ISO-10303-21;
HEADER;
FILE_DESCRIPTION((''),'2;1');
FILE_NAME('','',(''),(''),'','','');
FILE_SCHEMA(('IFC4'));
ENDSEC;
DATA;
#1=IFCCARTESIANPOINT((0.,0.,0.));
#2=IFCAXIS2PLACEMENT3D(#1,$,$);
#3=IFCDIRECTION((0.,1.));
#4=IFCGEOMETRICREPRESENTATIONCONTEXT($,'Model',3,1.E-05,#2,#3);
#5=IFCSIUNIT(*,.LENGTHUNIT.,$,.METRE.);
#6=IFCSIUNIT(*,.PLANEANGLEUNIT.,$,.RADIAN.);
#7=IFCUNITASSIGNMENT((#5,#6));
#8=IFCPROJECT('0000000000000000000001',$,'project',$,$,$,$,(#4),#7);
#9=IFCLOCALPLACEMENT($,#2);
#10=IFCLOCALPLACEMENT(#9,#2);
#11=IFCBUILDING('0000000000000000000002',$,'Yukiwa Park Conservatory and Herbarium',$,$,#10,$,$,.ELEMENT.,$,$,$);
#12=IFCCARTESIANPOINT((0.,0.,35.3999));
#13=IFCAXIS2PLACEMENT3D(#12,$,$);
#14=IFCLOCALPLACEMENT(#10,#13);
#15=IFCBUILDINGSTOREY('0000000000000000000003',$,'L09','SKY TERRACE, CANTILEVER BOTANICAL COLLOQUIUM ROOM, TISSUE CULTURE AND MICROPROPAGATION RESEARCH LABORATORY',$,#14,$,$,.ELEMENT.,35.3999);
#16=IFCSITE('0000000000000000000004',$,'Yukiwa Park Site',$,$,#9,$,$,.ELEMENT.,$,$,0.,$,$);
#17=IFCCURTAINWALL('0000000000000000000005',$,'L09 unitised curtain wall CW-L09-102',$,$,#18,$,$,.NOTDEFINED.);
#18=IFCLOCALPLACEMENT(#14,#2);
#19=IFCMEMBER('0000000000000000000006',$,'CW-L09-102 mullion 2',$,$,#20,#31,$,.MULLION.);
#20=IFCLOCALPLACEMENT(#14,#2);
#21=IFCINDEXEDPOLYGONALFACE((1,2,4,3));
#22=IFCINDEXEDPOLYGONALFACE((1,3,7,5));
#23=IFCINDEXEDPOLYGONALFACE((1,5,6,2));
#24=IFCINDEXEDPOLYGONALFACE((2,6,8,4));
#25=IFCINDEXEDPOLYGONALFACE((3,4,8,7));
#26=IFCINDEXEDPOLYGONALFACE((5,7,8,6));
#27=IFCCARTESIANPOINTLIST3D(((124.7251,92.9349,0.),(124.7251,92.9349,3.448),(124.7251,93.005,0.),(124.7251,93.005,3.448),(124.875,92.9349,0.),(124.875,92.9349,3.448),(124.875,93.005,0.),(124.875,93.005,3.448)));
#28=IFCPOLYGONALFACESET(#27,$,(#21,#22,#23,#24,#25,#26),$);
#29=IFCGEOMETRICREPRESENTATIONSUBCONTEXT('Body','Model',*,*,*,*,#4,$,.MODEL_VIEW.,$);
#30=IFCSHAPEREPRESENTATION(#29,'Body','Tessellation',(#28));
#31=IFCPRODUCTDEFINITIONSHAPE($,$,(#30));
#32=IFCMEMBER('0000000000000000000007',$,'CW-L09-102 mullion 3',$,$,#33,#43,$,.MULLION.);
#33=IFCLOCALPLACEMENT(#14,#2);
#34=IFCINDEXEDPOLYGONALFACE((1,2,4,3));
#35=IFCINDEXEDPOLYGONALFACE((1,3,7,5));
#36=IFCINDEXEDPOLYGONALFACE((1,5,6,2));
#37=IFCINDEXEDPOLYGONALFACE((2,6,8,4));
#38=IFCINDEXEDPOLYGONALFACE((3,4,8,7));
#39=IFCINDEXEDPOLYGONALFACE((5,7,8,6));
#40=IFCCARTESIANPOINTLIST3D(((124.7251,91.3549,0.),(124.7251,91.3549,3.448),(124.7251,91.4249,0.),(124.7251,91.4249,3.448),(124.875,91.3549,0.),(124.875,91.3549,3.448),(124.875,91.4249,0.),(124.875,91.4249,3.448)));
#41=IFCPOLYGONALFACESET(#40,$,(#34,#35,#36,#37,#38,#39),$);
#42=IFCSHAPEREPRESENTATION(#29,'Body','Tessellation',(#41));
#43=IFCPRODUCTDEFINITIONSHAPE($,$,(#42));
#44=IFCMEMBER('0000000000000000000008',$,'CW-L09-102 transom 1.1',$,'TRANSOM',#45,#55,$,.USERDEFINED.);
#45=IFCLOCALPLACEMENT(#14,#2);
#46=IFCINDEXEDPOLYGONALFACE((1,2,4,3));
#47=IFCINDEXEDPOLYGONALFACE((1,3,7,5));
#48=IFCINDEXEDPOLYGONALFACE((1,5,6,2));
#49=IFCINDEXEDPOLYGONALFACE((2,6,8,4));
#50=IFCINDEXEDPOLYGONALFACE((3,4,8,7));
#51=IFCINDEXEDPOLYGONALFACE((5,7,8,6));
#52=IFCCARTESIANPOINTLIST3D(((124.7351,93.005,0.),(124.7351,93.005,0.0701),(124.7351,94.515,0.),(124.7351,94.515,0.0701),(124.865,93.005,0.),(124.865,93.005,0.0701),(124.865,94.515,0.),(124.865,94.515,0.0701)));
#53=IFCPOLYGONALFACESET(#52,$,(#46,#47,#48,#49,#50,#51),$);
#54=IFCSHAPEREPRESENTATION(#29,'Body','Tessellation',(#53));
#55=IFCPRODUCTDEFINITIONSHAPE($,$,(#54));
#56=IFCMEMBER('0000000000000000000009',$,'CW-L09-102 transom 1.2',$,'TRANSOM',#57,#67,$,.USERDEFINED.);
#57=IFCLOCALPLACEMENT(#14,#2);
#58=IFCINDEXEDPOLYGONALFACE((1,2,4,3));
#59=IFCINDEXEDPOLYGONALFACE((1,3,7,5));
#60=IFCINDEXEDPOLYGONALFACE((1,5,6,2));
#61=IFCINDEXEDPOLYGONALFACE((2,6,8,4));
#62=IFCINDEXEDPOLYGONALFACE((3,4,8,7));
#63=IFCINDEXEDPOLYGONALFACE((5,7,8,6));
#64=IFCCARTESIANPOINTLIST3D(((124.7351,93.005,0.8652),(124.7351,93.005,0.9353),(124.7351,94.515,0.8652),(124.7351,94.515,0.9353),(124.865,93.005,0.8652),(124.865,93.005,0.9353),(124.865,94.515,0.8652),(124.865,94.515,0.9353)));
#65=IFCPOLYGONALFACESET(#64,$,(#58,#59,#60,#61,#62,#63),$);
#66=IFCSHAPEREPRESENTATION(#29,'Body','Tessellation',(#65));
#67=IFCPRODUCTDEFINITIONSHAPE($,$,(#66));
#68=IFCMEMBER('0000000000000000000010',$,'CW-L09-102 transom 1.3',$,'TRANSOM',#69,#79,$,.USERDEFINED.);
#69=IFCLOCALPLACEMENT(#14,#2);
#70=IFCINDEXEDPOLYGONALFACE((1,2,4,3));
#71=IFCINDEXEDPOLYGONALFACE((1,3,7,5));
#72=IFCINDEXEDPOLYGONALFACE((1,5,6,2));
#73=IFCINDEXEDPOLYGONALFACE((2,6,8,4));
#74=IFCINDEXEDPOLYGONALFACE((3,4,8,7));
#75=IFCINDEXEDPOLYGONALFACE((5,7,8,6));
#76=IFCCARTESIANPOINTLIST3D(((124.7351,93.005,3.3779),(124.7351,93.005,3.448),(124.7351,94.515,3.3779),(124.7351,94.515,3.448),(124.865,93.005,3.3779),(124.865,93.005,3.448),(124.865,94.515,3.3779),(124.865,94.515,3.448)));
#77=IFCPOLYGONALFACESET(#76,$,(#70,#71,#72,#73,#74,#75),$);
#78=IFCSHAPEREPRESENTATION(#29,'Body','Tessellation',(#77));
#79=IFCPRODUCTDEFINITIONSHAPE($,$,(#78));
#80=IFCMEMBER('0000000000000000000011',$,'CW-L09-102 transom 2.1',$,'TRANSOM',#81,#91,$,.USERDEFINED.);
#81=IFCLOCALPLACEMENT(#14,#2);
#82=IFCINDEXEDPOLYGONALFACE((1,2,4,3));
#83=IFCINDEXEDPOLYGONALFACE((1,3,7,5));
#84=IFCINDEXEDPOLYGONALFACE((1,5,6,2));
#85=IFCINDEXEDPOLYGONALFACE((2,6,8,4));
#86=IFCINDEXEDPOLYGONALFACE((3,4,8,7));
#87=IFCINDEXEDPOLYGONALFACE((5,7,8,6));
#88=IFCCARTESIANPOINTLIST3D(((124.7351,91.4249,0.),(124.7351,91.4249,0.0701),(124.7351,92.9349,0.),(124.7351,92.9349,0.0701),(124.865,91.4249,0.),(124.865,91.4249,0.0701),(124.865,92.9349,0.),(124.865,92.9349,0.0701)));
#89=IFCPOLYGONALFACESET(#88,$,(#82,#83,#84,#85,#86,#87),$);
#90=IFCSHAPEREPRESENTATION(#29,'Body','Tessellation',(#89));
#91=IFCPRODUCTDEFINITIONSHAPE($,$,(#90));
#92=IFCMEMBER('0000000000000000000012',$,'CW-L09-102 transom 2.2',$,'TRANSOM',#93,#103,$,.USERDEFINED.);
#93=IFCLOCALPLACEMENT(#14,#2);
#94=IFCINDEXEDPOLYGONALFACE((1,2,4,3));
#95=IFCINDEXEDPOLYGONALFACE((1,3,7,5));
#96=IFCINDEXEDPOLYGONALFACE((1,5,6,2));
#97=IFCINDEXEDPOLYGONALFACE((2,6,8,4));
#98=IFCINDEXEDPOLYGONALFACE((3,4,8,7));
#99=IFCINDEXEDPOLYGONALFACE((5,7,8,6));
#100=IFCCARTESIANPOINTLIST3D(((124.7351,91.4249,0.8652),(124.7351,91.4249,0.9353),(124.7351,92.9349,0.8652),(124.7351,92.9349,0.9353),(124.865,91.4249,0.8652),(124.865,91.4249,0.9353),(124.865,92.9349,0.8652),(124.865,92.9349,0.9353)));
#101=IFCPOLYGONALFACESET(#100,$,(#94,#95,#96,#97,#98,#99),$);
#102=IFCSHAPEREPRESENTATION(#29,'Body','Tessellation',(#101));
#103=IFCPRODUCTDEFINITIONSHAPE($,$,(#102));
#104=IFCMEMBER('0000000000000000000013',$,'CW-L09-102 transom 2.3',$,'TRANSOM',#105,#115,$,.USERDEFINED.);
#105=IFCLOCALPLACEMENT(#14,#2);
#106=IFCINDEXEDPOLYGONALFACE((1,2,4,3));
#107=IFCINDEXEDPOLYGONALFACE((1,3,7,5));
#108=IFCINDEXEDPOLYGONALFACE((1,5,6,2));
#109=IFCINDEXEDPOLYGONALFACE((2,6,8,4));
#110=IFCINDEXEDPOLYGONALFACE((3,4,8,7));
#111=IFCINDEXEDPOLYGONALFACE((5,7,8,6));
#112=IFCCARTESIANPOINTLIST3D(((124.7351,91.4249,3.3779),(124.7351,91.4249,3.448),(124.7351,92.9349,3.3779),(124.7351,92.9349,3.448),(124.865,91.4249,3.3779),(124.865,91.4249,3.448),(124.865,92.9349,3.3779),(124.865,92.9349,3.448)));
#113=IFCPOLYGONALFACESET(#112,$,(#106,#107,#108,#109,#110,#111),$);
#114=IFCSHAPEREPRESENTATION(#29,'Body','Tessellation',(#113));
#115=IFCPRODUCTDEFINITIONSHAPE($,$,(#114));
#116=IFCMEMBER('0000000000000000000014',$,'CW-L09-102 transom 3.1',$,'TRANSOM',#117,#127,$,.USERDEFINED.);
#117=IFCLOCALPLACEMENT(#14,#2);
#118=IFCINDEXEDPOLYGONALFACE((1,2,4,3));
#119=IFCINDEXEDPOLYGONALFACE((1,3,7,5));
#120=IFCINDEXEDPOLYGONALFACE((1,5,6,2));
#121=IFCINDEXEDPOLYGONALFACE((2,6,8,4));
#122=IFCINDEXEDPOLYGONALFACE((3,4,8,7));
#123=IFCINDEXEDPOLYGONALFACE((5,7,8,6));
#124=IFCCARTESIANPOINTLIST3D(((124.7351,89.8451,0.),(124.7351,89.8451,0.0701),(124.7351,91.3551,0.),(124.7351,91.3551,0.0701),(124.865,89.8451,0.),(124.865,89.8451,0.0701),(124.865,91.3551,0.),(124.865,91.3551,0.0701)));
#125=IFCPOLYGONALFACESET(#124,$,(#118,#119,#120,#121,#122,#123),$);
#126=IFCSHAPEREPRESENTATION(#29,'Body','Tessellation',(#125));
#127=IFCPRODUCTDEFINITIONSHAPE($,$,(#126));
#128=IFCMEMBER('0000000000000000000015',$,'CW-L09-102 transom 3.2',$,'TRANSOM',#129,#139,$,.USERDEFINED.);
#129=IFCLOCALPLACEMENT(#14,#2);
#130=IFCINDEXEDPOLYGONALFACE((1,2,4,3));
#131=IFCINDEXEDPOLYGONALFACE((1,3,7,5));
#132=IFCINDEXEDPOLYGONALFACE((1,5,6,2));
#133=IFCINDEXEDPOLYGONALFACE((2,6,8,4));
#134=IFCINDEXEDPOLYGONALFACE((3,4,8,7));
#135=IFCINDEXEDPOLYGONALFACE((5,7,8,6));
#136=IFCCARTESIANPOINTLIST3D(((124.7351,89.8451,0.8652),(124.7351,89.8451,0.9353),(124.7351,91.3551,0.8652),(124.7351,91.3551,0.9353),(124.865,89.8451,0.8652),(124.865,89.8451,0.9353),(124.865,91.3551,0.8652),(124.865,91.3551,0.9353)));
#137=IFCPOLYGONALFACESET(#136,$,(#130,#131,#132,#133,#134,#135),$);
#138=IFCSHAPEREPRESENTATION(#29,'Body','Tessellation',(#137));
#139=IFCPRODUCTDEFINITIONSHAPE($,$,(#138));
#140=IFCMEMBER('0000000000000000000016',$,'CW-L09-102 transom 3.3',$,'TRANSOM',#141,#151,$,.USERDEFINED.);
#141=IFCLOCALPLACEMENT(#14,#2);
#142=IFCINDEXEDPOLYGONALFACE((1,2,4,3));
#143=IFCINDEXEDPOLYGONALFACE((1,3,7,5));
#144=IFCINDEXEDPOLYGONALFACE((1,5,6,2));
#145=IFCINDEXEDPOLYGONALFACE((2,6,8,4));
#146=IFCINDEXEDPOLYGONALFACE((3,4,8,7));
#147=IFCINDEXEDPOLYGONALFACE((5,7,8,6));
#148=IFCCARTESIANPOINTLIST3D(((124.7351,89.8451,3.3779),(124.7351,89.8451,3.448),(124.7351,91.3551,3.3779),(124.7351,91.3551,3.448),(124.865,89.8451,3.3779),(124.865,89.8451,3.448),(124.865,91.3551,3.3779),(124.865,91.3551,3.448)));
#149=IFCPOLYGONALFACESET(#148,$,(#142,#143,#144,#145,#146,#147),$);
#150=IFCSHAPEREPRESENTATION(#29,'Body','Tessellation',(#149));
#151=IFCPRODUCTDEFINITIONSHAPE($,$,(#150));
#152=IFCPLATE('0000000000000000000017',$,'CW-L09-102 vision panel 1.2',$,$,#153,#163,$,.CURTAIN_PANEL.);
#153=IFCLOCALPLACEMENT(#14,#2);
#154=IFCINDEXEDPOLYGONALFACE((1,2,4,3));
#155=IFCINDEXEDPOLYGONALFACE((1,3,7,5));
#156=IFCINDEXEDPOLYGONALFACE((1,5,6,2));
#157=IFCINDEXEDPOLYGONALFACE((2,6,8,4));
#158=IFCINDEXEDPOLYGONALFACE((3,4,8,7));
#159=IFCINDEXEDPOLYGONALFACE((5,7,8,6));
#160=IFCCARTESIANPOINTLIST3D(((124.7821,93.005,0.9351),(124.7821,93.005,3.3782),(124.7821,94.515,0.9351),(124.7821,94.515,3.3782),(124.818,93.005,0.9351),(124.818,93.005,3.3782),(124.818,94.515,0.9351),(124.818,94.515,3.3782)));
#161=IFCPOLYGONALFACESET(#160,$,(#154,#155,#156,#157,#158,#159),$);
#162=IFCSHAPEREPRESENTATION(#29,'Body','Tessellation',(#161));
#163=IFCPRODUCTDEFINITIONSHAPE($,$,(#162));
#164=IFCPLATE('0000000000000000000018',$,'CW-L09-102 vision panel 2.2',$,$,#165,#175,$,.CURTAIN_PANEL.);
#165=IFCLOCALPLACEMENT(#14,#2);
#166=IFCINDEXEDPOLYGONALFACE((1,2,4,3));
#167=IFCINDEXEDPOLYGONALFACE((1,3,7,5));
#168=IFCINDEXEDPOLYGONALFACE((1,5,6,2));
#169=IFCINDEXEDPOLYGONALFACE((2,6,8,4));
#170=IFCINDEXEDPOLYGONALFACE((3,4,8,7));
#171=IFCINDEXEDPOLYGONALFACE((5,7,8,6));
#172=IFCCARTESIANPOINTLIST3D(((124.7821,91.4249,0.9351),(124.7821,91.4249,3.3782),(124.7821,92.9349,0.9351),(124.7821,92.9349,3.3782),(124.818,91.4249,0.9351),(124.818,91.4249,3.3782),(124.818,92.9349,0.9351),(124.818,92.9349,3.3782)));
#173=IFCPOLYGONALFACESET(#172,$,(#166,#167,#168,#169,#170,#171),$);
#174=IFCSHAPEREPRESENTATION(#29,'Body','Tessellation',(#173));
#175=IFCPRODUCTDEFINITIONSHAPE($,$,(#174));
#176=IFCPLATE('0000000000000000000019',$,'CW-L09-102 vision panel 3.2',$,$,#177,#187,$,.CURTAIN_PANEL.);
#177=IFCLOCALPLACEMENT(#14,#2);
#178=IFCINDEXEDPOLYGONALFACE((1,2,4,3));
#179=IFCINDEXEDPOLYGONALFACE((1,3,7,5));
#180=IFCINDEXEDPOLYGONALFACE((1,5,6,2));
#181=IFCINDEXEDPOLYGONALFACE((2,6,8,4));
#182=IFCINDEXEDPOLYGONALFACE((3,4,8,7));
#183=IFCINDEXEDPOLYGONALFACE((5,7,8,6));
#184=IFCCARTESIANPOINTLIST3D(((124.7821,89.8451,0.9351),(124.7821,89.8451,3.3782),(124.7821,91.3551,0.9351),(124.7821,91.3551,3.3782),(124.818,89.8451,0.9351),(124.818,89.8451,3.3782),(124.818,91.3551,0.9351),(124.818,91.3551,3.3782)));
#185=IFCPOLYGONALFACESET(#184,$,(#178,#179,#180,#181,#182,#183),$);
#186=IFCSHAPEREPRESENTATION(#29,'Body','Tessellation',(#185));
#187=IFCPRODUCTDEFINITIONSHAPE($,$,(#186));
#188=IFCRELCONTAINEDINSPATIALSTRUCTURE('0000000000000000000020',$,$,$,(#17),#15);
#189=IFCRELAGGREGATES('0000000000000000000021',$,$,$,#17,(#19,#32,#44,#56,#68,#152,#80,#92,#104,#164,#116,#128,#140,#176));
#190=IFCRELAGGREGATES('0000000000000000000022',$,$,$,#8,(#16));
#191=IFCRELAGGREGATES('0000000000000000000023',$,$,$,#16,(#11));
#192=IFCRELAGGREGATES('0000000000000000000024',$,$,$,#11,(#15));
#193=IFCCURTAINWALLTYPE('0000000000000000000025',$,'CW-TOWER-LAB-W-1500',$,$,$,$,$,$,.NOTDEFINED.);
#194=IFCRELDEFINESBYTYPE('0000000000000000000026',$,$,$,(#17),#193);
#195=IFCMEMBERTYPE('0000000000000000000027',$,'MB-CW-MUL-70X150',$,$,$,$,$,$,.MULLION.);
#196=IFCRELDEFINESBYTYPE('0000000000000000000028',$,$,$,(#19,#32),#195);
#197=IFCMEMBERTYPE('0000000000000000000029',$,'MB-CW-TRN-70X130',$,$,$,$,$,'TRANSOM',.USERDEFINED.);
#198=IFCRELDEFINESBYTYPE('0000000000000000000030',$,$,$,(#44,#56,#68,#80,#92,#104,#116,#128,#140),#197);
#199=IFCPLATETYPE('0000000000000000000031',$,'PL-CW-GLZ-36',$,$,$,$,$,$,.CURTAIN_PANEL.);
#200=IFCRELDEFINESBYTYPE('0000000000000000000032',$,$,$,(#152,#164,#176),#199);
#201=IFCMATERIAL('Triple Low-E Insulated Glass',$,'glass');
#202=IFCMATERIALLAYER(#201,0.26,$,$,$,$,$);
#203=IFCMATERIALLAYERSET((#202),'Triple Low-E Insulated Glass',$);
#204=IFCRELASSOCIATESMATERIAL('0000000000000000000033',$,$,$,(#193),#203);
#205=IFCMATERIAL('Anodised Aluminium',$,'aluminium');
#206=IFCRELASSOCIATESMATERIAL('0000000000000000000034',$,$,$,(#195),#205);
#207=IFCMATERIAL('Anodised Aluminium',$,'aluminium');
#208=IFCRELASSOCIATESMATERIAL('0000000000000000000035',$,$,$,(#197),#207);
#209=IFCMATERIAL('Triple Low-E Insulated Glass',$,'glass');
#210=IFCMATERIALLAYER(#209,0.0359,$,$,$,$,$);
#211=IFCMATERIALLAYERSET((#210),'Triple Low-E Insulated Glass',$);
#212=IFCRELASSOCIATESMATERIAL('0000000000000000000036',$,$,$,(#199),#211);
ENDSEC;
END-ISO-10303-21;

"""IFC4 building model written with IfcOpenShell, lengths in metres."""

from ifc_helpers import new_model, si_unit, direction, frame, origin, origin_2d, place, context, subcontext, project, spatial, rectangle, extrude, material, layer, layer_set, type_object, element, aggregate, save


model = new_model("IFC4")

# Units and contexts
model_context = context("Model", 3, precision=1e-05, world=origin(), true_north=direction((0.0, 1.0)))
body_context = subcontext(model_context, "Body", "Model", "MODEL_VIEW")
ifc_project = project(units=[si_unit("LENGTHUNIT", "METRE"), si_unit("PLANEANGLEUNIT", "RADIAN")], contexts=[model_context])

# Site, building, storey
site_placement = place(None, origin())
site = spatial("IfcSite", under=ifc_project, at=site_placement, Name="Yukiwa Park Site", CompositionType="ELEMENT", RefElevation=0.0)
building_placement = place(site_placement, origin())
building = spatial("IfcBuilding", under=site, at=building_placement, Name="Yukiwa Park Conservatory and Herbarium", CompositionType="ELEMENT")
storey_placement = place(building_placement, frame((0.0, 0.0, 35.3999)))
storey = spatial("IfcBuildingStorey", under=building, at=storey_placement, Name="L09", Description="SKY TERRACE, CANTILEVER BOTANICAL COLLOQUIUM ROOM, TISSUE CULTURE AND MICROPROPAGATION RESEARCH LABORATORY", CompositionType="ELEMENT", Elevation=35.3999)

# Curtain wall, members, plates
ifc_material_1 = material(Name="Triple Low-E Insulated Glass", Category="glass")
ifc_layer_1 = layer(ifc_material_1, 0.26)
ifc_layer_set_1 = layer_set([ifc_layer_1], Name="Triple Low-E Insulated Glass")
curtain_wall_type = type_object("IfcCurtainWallType", Name="CW-TOWER-LAB-W-1500", PredefinedType="NOTDEFINED", material=ifc_layer_set_1)
curtain_wall_placement = place(storey_placement, origin())
curtain_wall = element("IfcCurtainWall", 1, at=curtain_wall_placement, inside=storey, type_object=curtain_wall_type, Name="L09 unitised curtain wall CW-L09-102", PredefinedType="NOTDEFINED")
ifc_material_2 = material(Name="Anodised Aluminium", Category="aluminium")
member_type_1 = type_object("IfcMemberType", Name="MB-CW-MUL-70X150", PredefinedType="MULLION", material=ifc_material_2)
member_1_placement = place(storey_placement, frame((124.8, 92.97, 0.0), z_axis=(0.0, 0.0, 1.0), x_axis=(0.0, -1.0, 0.0)))
member_1 = element("IfcMember", 2, at=member_1_placement, type_object=member_type_1, Name="CW-L09-102 mullion 2", PredefinedType="MULLION", context=body_context, shape_type="SweptSolid", body=[
    extrude(rectangle(XDim=0.0701, YDim=0.1499, at=origin_2d()), origin(), (0.0, 0.0, 1.0), 3.448),
])
member_2_placement = place(storey_placement, frame((124.8, 91.3899, 0.0), z_axis=(0.0, 0.0, 1.0), x_axis=(0.0, -1.0, 0.0)))
member_2 = element("IfcMember", 3, at=member_2_placement, type_object=member_type_1, Name="CW-L09-102 mullion 3", PredefinedType="MULLION", context=body_context, shape_type="SweptSolid", body=[
    extrude(rectangle(XDim=0.0701, YDim=0.1499, at=origin_2d()), origin(), (0.0, 0.0, 1.0), 3.448),
])
ifc_material_3 = material(Name="Anodised Aluminium", Category="aluminium")
member_type_2 = type_object("IfcMemberType", Name="MB-CW-TRN-70X130", ElementType="TRANSOM", PredefinedType="USERDEFINED", material=ifc_material_3)
member_3_placement = place(storey_placement, frame((124.8, 93.76, 0.0), z_axis=(0.0, 0.0, 1.0), x_axis=(0.0, -1.0, 0.0)))
member_3 = element("IfcMember", 4, at=member_3_placement, type_object=member_type_2, Name="CW-L09-102 transom 1.1", ObjectType="TRANSOM", PredefinedType="USERDEFINED", context=body_context, shape_type="SweptSolid", body=[
    extrude(rectangle(XDim=1.51, YDim=0.1299, at=origin_2d()), origin(), (0.0, 0.0, 1.0), 0.0701),
])
member_4_placement = place(storey_placement, frame((124.8, 93.76, 0.8652), z_axis=(0.0, 0.0, 1.0), x_axis=(0.0, -1.0, 0.0)))
member_4 = element("IfcMember", 5, at=member_4_placement, type_object=member_type_2, Name="CW-L09-102 transom 1.2", ObjectType="TRANSOM", PredefinedType="USERDEFINED", context=body_context, shape_type="SweptSolid", body=[
    extrude(rectangle(XDim=1.51, YDim=0.1299, at=origin_2d()), origin(), (0.0, 0.0, 1.0), 0.0701),
])
member_5_placement = place(storey_placement, frame((124.8, 93.76, 3.3779), z_axis=(0.0, 0.0, 1.0), x_axis=(0.0, -1.0, 0.0)))
member_5 = element("IfcMember", 6, at=member_5_placement, type_object=member_type_2, Name="CW-L09-102 transom 1.3", ObjectType="TRANSOM", PredefinedType="USERDEFINED", context=body_context, shape_type="SweptSolid", body=[
    extrude(rectangle(XDim=1.51, YDim=0.1299, at=origin_2d()), origin(), (0.0, 0.0, 1.0), 0.0701),
])
member_6_placement = place(storey_placement, frame((124.8, 92.1799, 0.0), z_axis=(0.0, 0.0, 1.0), x_axis=(0.0, -1.0, 0.0)))
member_6 = element("IfcMember", 7, at=member_6_placement, type_object=member_type_2, Name="CW-L09-102 transom 2.1", ObjectType="TRANSOM", PredefinedType="USERDEFINED", context=body_context, shape_type="SweptSolid", body=[
    extrude(rectangle(XDim=1.51, YDim=0.1299, at=origin_2d()), origin(), (0.0, 0.0, 1.0), 0.0701),
])
member_7_placement = place(storey_placement, frame((124.8, 92.1799, 0.8652), z_axis=(0.0, 0.0, 1.0), x_axis=(0.0, -1.0, 0.0)))
member_7 = element("IfcMember", 8, at=member_7_placement, type_object=member_type_2, Name="CW-L09-102 transom 2.2", ObjectType="TRANSOM", PredefinedType="USERDEFINED", context=body_context, shape_type="SweptSolid", body=[
    extrude(rectangle(XDim=1.51, YDim=0.1299, at=origin_2d()), origin(), (0.0, 0.0, 1.0), 0.0701),
])
member_8_placement = place(storey_placement, frame((124.8, 92.1799, 3.3779), z_axis=(0.0, 0.0, 1.0), x_axis=(0.0, -1.0, 0.0)))
member_8 = element("IfcMember", 9, at=member_8_placement, type_object=member_type_2, Name="CW-L09-102 transom 2.3", ObjectType="TRANSOM", PredefinedType="USERDEFINED", context=body_context, shape_type="SweptSolid", body=[
    extrude(rectangle(XDim=1.51, YDim=0.1299, at=origin_2d()), origin(), (0.0, 0.0, 1.0), 0.0701),
])
member_9_placement = place(storey_placement, frame((124.8, 90.6001, 0.0), z_axis=(0.0, 0.0, 1.0), x_axis=(0.0, -1.0, 0.0)))
member_9 = element("IfcMember", 10, at=member_9_placement, type_object=member_type_2, Name="CW-L09-102 transom 3.1", ObjectType="TRANSOM", PredefinedType="USERDEFINED", context=body_context, shape_type="SweptSolid", body=[
    extrude(rectangle(XDim=1.51, YDim=0.1299, at=origin_2d()), origin(), (0.0, 0.0, 1.0), 0.0701),
])
member_10_placement = place(storey_placement, frame((124.8, 90.6001, 0.8652), z_axis=(0.0, 0.0, 1.0), x_axis=(0.0, -1.0, 0.0)))
member_10 = element("IfcMember", 11, at=member_10_placement, type_object=member_type_2, Name="CW-L09-102 transom 3.2", ObjectType="TRANSOM", PredefinedType="USERDEFINED", context=body_context, shape_type="SweptSolid", body=[
    extrude(rectangle(XDim=1.51, YDim=0.1299, at=origin_2d()), origin(), (0.0, 0.0, 1.0), 0.0701),
])
member_11_placement = place(storey_placement, frame((124.8, 90.6001, 3.3779), z_axis=(0.0, 0.0, 1.0), x_axis=(0.0, -1.0, 0.0)))
member_11 = element("IfcMember", 12, at=member_11_placement, type_object=member_type_2, Name="CW-L09-102 transom 3.3", ObjectType="TRANSOM", PredefinedType="USERDEFINED", context=body_context, shape_type="SweptSolid", body=[
    extrude(rectangle(XDim=1.51, YDim=0.1299, at=origin_2d()), origin(), (0.0, 0.0, 1.0), 0.0701),
])
ifc_material_4 = material(Name="Triple Low-E Insulated Glass", Category="glass")
ifc_layer_2 = layer(ifc_material_4, 0.0359)
ifc_layer_set_2 = layer_set([ifc_layer_2], Name="Triple Low-E Insulated Glass")
plate_type_1 = type_object("IfcPlateType", Name="PL-CW-GLZ-36", PredefinedType="CURTAIN_PANEL", material=ifc_layer_set_2)
plate_1_placement = place(storey_placement, frame((124.8, 93.76, 0.9351), z_axis=(0.0, 0.0, 1.0), x_axis=(0.0, -1.0, 0.0)))
plate_1 = element("IfcPlate", 13, at=plate_1_placement, type_object=plate_type_1, Name="CW-L09-102 vision panel 1.2", PredefinedType="CURTAIN_PANEL", context=body_context, shape_type="SweptSolid", body=[
    extrude(rectangle(XDim=1.51, YDim=0.0359, at=origin_2d()), origin(), (0.0, 0.0, 1.0), 2.4431),
])
plate_2_placement = place(storey_placement, frame((124.8, 92.1799, 0.9351), z_axis=(0.0, 0.0, 1.0), x_axis=(0.0, -1.0, 0.0)))
plate_2 = element("IfcPlate", 14, at=plate_2_placement, type_object=plate_type_1, Name="CW-L09-102 vision panel 2.2", PredefinedType="CURTAIN_PANEL", context=body_context, shape_type="SweptSolid", body=[
    extrude(rectangle(XDim=1.51, YDim=0.0359, at=origin_2d()), origin(), (0.0, 0.0, 1.0), 2.4431),
])
plate_3_placement = place(storey_placement, frame((124.8, 90.6001, 0.9351), z_axis=(0.0, 0.0, 1.0), x_axis=(0.0, -1.0, 0.0)))
plate_3 = element("IfcPlate", 15, at=plate_3_placement, type_object=plate_type_1, Name="CW-L09-102 vision panel 3.2", PredefinedType="CURTAIN_PANEL", context=body_context, shape_type="SweptSolid", body=[
    extrude(rectangle(XDim=1.51, YDim=0.0359, at=origin_2d()), origin(), (0.0, 0.0, 1.0), 2.4431),
])
aggregate(curtain_wall, [member_1, member_2, member_3, member_4, member_5, plate_1, member_6, member_7, member_8, plate_2, member_9, member_10, member_11, plate_3])

save(model, "model.ifc")
